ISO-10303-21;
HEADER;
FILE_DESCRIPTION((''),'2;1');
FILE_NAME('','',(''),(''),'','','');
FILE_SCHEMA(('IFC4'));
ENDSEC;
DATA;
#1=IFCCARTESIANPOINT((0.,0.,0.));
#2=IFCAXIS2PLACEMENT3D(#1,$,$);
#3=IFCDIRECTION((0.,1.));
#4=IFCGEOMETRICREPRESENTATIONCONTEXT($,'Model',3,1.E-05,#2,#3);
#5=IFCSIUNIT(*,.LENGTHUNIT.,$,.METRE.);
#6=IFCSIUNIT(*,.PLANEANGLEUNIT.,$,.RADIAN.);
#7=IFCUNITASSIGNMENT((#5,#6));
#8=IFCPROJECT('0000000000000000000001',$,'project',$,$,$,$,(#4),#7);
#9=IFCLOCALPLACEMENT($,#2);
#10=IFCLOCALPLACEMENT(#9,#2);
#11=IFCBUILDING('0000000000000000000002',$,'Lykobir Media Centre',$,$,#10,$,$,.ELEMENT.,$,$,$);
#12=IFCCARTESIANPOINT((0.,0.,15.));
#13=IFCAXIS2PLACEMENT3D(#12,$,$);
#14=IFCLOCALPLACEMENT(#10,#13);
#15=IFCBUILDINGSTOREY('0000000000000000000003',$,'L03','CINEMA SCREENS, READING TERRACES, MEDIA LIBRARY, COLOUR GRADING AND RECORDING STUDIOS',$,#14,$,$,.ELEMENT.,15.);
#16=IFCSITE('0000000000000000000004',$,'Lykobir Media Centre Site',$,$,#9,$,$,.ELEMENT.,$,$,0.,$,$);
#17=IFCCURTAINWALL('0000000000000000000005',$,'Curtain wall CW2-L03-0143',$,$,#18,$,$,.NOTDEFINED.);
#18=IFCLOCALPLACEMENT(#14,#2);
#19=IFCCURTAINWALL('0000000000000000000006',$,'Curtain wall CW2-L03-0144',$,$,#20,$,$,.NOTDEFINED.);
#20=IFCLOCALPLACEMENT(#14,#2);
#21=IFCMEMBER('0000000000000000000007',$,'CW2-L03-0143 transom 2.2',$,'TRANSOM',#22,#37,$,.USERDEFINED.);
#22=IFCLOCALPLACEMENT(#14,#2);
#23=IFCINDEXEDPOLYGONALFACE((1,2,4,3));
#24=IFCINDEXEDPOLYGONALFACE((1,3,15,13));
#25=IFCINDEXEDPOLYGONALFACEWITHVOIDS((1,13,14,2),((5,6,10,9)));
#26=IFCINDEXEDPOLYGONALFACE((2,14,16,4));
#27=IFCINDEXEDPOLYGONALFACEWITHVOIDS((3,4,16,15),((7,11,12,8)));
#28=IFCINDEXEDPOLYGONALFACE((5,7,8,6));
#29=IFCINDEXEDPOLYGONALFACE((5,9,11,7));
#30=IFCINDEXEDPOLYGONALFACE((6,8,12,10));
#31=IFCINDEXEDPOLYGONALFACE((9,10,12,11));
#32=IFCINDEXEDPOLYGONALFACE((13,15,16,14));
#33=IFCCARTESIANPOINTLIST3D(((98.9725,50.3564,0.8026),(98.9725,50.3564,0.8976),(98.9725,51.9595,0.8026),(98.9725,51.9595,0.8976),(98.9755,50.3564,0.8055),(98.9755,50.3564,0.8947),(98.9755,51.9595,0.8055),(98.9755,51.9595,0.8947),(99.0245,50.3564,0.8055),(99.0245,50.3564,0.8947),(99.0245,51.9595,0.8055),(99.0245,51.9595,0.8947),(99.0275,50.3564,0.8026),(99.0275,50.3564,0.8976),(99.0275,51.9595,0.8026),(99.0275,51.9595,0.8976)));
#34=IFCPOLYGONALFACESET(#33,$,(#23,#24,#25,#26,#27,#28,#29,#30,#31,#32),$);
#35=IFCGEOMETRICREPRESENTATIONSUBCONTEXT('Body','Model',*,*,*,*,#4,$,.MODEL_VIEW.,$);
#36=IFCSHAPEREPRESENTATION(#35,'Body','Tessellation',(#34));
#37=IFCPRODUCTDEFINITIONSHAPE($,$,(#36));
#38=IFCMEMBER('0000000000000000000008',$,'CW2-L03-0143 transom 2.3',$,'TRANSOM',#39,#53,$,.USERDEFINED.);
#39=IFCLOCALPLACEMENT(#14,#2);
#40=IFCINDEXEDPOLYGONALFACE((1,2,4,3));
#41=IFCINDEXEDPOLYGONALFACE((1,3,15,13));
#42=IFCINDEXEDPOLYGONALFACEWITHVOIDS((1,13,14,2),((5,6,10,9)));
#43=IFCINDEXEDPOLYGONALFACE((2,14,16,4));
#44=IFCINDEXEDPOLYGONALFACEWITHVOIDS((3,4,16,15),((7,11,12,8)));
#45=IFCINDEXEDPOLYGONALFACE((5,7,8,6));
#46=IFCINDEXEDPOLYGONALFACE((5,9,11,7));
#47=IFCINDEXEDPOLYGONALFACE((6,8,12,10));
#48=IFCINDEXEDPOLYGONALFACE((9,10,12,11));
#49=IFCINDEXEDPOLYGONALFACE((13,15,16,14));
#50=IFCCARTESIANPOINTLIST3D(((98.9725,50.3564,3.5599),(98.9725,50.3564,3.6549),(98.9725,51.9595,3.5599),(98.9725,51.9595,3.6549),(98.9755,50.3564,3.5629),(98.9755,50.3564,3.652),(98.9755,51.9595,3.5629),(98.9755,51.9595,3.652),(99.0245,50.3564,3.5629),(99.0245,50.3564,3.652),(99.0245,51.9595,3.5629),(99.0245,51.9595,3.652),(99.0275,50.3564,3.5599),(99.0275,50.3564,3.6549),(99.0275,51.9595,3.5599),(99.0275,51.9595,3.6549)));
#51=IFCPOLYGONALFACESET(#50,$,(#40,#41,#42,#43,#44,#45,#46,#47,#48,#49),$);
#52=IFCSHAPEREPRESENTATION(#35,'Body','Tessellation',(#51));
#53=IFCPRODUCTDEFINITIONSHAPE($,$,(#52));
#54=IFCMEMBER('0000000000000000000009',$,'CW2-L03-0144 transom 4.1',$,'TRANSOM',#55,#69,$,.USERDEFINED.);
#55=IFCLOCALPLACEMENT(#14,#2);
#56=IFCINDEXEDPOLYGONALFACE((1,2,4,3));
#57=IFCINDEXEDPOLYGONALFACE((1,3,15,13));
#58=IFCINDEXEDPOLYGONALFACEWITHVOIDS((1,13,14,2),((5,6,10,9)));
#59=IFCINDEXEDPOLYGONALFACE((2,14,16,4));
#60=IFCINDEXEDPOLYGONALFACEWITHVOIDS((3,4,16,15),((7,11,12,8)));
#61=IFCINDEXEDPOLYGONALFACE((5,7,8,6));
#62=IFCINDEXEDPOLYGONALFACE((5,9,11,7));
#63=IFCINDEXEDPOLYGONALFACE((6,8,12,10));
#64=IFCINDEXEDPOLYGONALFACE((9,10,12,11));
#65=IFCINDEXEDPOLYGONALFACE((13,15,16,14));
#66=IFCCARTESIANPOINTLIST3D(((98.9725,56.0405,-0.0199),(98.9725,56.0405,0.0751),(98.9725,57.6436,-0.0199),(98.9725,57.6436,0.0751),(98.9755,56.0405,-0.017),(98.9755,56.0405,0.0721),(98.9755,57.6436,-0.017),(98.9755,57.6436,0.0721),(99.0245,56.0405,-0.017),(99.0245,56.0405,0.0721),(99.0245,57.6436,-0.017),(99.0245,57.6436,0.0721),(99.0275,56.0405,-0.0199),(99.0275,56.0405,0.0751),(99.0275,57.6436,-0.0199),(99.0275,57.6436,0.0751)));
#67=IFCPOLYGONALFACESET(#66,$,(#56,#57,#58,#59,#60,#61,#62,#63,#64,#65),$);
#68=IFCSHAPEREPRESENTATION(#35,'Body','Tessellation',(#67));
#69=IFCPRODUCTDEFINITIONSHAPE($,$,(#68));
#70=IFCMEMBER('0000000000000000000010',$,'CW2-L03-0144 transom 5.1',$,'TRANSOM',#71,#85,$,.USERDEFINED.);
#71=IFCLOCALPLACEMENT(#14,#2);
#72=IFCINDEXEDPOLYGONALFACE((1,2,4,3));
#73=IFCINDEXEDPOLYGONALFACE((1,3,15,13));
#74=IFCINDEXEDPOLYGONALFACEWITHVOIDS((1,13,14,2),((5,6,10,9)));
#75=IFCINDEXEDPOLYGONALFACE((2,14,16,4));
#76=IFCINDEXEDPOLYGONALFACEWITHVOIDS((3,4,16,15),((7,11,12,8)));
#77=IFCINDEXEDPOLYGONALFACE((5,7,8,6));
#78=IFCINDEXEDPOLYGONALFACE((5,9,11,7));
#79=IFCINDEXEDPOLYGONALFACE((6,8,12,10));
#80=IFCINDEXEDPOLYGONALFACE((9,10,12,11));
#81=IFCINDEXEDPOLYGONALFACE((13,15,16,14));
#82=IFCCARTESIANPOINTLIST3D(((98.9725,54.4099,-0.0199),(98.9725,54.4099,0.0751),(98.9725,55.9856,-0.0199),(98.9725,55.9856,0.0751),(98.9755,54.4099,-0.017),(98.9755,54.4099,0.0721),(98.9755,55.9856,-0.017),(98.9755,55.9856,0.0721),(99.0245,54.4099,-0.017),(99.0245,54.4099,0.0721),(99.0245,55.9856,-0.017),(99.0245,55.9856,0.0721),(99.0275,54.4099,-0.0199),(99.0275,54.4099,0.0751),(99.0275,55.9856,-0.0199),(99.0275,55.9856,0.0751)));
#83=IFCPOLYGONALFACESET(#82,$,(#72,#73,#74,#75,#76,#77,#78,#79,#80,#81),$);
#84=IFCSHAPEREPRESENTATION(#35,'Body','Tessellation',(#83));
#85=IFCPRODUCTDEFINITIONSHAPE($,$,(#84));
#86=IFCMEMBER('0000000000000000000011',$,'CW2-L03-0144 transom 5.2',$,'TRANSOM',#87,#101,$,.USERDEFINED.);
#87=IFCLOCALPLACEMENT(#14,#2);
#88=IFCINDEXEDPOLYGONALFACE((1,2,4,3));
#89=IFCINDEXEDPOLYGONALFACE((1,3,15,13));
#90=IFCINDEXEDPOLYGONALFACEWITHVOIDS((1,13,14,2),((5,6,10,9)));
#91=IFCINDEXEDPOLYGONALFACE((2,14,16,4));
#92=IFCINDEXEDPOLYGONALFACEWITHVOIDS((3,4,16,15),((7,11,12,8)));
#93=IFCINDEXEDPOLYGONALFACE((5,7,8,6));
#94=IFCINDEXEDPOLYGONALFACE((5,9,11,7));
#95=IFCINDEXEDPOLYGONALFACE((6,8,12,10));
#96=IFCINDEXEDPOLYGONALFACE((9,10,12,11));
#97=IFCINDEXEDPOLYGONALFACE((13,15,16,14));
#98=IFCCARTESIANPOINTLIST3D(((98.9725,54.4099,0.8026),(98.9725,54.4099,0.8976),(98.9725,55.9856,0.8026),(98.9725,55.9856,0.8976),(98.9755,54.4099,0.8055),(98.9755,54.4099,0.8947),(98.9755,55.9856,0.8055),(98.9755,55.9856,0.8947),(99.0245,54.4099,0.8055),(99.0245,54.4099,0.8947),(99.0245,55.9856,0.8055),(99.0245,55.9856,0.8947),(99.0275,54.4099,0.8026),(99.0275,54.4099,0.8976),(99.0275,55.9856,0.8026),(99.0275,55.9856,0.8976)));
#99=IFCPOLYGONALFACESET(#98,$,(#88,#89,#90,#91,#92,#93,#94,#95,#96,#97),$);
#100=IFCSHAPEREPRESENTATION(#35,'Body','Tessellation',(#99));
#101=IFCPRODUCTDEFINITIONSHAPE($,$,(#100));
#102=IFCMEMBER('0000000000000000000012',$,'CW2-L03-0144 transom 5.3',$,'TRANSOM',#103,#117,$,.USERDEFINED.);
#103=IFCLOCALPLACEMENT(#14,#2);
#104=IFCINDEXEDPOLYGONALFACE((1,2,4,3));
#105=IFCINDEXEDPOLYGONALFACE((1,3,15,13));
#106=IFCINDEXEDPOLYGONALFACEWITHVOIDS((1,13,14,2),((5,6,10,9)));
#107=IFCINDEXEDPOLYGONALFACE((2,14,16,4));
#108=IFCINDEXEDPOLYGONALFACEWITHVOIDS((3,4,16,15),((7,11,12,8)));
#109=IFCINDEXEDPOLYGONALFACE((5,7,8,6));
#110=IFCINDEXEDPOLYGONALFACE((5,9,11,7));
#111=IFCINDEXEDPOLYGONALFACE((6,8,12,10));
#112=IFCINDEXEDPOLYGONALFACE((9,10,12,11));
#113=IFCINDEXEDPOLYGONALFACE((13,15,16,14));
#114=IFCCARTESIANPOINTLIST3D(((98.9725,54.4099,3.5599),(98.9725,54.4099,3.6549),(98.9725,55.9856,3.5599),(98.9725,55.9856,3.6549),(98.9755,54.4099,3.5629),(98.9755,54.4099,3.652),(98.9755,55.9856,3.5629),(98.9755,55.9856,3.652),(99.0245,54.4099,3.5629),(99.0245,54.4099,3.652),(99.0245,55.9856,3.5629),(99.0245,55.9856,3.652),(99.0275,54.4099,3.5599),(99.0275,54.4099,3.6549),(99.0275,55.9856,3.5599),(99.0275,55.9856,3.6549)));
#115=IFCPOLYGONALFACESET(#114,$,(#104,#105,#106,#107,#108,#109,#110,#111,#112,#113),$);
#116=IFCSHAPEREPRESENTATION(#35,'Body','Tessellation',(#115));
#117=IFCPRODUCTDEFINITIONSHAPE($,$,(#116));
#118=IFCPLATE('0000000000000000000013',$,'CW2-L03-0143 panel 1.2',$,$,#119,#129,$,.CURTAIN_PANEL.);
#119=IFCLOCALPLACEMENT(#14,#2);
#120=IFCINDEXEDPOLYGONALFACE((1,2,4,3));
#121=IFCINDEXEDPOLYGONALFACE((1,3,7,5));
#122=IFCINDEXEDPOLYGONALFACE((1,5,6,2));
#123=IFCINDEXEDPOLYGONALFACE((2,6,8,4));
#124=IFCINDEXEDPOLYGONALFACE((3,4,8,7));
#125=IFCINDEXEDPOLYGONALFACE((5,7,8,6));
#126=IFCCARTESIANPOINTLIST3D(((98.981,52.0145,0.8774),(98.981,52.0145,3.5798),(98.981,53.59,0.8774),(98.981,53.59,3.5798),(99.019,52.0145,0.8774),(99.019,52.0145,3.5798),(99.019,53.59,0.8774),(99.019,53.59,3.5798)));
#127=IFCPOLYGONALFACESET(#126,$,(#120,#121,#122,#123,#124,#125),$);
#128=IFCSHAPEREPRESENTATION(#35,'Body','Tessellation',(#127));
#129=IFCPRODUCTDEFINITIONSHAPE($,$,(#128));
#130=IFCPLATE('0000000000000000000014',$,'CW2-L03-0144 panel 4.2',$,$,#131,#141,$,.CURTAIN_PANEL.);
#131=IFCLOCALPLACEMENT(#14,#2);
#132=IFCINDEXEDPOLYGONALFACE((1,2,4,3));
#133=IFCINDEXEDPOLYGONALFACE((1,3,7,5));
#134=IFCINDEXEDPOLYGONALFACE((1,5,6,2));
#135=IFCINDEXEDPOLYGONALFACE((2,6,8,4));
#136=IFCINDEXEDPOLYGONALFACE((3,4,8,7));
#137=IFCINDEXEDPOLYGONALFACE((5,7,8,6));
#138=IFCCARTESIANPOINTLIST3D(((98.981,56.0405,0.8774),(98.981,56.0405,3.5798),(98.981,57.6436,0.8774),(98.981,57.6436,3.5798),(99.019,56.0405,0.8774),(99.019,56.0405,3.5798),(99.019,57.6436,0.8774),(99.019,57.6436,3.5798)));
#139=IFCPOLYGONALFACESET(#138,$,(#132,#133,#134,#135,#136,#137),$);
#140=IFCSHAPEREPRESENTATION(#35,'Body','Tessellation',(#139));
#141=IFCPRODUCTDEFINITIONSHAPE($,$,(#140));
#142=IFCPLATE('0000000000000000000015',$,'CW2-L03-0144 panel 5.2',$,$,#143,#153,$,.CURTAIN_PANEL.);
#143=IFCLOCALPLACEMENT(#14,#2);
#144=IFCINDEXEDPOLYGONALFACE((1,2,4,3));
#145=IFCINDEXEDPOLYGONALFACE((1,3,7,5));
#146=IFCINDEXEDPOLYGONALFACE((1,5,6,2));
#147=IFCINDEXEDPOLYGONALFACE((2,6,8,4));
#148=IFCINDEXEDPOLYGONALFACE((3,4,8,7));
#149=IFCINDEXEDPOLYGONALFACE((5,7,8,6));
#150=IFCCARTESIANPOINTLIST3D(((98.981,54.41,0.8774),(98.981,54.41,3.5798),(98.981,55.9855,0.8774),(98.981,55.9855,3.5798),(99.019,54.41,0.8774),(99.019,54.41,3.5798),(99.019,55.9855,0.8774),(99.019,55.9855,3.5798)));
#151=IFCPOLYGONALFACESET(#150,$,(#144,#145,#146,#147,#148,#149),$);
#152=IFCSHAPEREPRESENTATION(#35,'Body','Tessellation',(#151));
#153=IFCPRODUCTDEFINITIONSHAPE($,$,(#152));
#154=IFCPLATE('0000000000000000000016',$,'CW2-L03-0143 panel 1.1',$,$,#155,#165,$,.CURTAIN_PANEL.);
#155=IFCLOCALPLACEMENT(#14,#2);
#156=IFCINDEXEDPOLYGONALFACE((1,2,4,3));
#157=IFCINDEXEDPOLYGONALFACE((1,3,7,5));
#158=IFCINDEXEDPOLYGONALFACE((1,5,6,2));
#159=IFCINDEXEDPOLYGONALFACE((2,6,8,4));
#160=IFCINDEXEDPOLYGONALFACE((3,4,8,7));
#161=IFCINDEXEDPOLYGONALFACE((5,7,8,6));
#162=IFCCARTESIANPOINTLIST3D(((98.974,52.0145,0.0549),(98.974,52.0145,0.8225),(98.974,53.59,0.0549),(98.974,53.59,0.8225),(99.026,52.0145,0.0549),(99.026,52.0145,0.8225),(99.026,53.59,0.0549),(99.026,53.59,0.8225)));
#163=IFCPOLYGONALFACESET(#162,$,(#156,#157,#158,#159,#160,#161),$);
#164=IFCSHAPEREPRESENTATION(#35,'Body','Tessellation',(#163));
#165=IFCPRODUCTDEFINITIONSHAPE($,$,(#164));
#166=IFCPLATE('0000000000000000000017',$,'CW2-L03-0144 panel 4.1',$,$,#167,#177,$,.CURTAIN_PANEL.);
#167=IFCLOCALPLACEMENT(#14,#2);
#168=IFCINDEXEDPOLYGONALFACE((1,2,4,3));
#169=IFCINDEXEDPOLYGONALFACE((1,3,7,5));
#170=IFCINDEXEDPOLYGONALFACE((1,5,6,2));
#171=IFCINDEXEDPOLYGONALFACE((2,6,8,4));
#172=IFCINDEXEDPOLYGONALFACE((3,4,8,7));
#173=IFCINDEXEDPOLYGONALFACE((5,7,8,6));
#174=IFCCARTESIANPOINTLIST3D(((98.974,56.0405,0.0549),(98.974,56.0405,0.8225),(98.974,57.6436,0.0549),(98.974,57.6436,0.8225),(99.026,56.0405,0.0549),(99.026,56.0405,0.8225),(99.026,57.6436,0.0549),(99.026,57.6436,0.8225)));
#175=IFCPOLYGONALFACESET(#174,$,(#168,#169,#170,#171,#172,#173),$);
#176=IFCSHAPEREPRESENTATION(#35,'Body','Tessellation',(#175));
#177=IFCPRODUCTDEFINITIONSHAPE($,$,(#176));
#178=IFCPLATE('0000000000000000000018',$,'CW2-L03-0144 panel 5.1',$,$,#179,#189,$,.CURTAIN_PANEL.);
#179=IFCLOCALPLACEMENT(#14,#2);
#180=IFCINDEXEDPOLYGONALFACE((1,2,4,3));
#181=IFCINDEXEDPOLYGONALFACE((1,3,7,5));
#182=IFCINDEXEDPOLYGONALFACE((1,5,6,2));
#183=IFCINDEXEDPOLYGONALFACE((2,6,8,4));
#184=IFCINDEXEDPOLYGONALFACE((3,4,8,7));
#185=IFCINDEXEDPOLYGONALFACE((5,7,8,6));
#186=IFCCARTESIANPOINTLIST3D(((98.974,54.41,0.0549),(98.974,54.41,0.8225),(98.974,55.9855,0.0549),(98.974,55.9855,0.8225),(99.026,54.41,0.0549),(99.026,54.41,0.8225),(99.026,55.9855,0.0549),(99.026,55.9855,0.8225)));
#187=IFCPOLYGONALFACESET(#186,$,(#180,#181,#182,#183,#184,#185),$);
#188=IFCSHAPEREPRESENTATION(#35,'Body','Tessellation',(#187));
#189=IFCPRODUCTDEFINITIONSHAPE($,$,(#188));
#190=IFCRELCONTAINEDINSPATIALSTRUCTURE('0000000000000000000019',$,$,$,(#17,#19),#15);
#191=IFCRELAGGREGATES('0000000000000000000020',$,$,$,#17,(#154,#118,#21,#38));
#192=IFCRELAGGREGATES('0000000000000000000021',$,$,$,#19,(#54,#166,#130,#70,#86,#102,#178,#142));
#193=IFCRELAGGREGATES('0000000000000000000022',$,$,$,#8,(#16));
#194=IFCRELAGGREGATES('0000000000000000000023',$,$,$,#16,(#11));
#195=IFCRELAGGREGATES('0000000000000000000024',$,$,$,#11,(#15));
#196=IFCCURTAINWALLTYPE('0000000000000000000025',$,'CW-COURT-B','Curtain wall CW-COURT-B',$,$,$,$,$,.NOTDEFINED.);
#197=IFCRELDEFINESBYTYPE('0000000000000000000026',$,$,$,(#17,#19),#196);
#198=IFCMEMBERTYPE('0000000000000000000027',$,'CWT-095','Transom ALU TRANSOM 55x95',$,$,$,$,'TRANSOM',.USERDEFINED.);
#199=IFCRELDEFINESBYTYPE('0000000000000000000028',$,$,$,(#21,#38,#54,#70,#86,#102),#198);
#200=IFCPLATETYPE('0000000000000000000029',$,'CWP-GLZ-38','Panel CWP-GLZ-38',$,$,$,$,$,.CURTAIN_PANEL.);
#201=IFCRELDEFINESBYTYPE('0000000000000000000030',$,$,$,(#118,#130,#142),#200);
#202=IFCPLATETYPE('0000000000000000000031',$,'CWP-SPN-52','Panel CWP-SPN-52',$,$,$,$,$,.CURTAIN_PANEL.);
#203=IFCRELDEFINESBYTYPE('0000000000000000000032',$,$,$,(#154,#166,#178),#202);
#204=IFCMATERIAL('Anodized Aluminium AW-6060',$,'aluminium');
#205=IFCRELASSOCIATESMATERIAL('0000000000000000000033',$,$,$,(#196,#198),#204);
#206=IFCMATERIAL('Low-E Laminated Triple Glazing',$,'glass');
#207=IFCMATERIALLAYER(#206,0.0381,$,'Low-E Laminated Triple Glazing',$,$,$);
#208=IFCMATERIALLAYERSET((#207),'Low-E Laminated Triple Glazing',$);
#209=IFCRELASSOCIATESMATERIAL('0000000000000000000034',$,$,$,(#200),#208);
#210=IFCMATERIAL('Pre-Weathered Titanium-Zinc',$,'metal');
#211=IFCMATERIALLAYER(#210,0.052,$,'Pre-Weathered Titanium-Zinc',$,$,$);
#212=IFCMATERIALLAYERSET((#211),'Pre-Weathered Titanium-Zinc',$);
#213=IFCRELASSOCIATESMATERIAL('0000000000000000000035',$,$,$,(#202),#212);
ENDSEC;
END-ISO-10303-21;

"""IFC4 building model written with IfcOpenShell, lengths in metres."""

from ifc_helpers import new_model, si_unit, direction, frame, origin, origin_2d, place, context, subcontext, project, spatial, rectangle, hollow_rectangle, extrude, material, layer, layer_set, material_profile, profile_set, type_object, element, aggregate, save


model = new_model("IFC4")

# Units and contexts
model_context = context("Model", 3, precision=1e-05, world=origin(), true_north=direction((0.0, 1.0)))
body_context = subcontext(model_context, "Body", "Model", "MODEL_VIEW")
ifc_project = project(units=[si_unit("LENGTHUNIT", "METRE"), si_unit("PLANEANGLEUNIT", "RADIAN")], contexts=[model_context])

# Site, building, storey
site_placement = place(None, origin())
site = spatial("IfcSite", under=ifc_project, at=site_placement, Name="Lykobir Media Centre Site", CompositionType="ELEMENT", RefElevation=0.0)
building_placement = place(site_placement, origin())
building = spatial("IfcBuilding", under=site, at=building_placement, Name="Lykobir Media Centre", CompositionType="ELEMENT")
storey_placement = place(building_placement, frame((0.0, 0.0, 15.0)))
storey = spatial("IfcBuildingStorey", under=building, at=storey_placement, Name="L03", Description="CINEMA SCREENS, READING TERRACES, MEDIA LIBRARY, COLOUR GRADING AND RECORDING STUDIOS", CompositionType="ELEMENT", Elevation=15.0)

# Curtain walls
ifc_material_1 = material(Name="Anodized Aluminium AW-6060", Category="aluminium")
curtain_wall_type = type_object("IfcCurtainWallType", Name="CW-COURT-B", Description="Curtain wall CW-COURT-B", PredefinedType="NOTDEFINED", material=ifc_material_1)
curtain_wall_1_placement = place(storey_placement, origin())
curtain_wall_1 = element("IfcCurtainWall", 1, at=curtain_wall_1_placement, inside=storey, type_object=curtain_wall_type, Name="Curtain wall CW2-L03-0143", PredefinedType="NOTDEFINED")
curtain_wall_2_placement = place(storey_placement, origin())
curtain_wall_2 = element("IfcCurtainWall", 2, at=curtain_wall_2_placement, inside=storey, type_object=curtain_wall_type, Name="Curtain wall CW2-L03-0144", PredefinedType="NOTDEFINED")

# Members
ifc_material_profile_1 = material_profile(ifc_material_1, hollow_rectangle(XDim=0.0549, YDim=0.095, WallThickness=0.0029, at=origin_2d()), Name="ALU TRANSOM 55x95")
ifc_profile_set_1 = profile_set([ifc_material_profile_1], Name="Anodized Aluminium AW-6060")
member_type_1 = type_object("IfcMemberType", Name="CWT-095", Description="Transom ALU TRANSOM 55x95", ElementType="TRANSOM", PredefinedType="USERDEFINED", material=ifc_profile_set_1)
member_1_placement = place(storey_placement, frame((99.0, 51.9595, 0.8501), z_axis=(0.0, -1.0, 0.0), x_axis=(1.0, 0.0, 0.0)))
member_1 = element("IfcMember", 3, at=member_1_placement, type_object=member_type_1, Name="CW2-L03-0143 transom 2.2", ObjectType="TRANSOM", PredefinedType="USERDEFINED", context=body_context, shape_type="SweptSolid", body=[
    extrude(hollow_rectangle(XDim=0.0549, YDim=0.095, WallThickness=0.0029, at=origin_2d()), origin(), (0.0, 0.0, 1.0), 1.603),
])
member_2_placement = place(storey_placement, frame((99.0, 51.9595, 3.6074), z_axis=(0.0, -1.0, 0.0), x_axis=(1.0, 0.0, 0.0)))
member_2 = element("IfcMember", 4, at=member_2_placement, type_object=member_type_1, Name="CW2-L03-0143 transom 2.3", ObjectType="TRANSOM", PredefinedType="USERDEFINED", context=body_context, shape_type="SweptSolid", body=[
    extrude(hollow_rectangle(XDim=0.0549, YDim=0.095, WallThickness=0.0029, at=origin_2d()), origin(), (0.0, 0.0, 1.0), 1.603),
])
member_3_placement = place(storey_placement, frame((99.0, 57.6436, 0.0276), z_axis=(0.0, -1.0, 0.0), x_axis=(1.0, 0.0, 0.0)))
member_3 = element("IfcMember", 5, at=member_3_placement, type_object=member_type_1, Name="CW2-L03-0144 transom 4.1", ObjectType="TRANSOM", PredefinedType="USERDEFINED", context=body_context, shape_type="SweptSolid", body=[
    extrude(hollow_rectangle(XDim=0.0549, YDim=0.095, WallThickness=0.0029, at=origin_2d()), origin(), (0.0, 0.0, 1.0), 1.603),
])
member_4_placement = place(storey_placement, frame((99.0, 55.9856, 0.0276), z_axis=(0.0, -1.0, 0.0), x_axis=(1.0, 0.0, 0.0)))
member_4 = element("IfcMember", 6, at=member_4_placement, type_object=member_type_1, Name="CW2-L03-0144 transom 5.1", ObjectType="TRANSOM", PredefinedType="USERDEFINED", context=body_context, shape_type="SweptSolid", body=[
    extrude(hollow_rectangle(XDim=0.0549, YDim=0.095, WallThickness=0.0029, at=origin_2d()), origin(), (0.0, 0.0, 1.0), 1.5757),
])
member_5_placement = place(storey_placement, frame((99.0, 55.9856, 0.8501), z_axis=(0.0, -1.0, 0.0), x_axis=(1.0, 0.0, 0.0)))
member_5 = element("IfcMember", 7, at=member_5_placement, type_object=member_type_1, Name="CW2-L03-0144 transom 5.2", ObjectType="TRANSOM", PredefinedType="USERDEFINED", context=body_context, shape_type="SweptSolid", body=[
    extrude(hollow_rectangle(XDim=0.0549, YDim=0.095, WallThickness=0.0029, at=origin_2d()), origin(), (0.0, 0.0, 1.0), 1.5757),
])
member_6_placement = place(storey_placement, frame((99.0, 55.9856, 3.6074), z_axis=(0.0, -1.0, 0.0), x_axis=(1.0, 0.0, 0.0)))
member_6 = element("IfcMember", 8, at=member_6_placement, type_object=member_type_1, Name="CW2-L03-0144 transom 5.3", ObjectType="TRANSOM", PredefinedType="USERDEFINED", context=body_context, shape_type="SweptSolid", body=[
    extrude(hollow_rectangle(XDim=0.0549, YDim=0.095, WallThickness=0.0029, at=origin_2d()), origin(), (0.0, 0.0, 1.0), 1.5757),
])

# Plates
ifc_material_2 = material(Name="Low-E Laminated Triple Glazing", Category="glass")
ifc_layer_1 = layer(ifc_material_2, 0.0381, Name="Low-E Laminated Triple Glazing")
ifc_layer_set_1 = layer_set([ifc_layer_1], Name="Low-E Laminated Triple Glazing")
plate_type_1 = type_object("IfcPlateType", Name="CWP-GLZ-38", Description="Panel CWP-GLZ-38", PredefinedType="CURTAIN_PANEL", material=ifc_layer_set_1)
plate_1_placement = place(storey_placement, frame((99.0, 52.8022, 0.8774), z_axis=(0.0, 0.0, 1.0), x_axis=(0.0, -1.0, 0.0)))
plate_1 = element("IfcPlate", 9, at=plate_1_placement, type_object=plate_type_1, Name="CW2-L03-0143 panel 1.2", PredefinedType="CURTAIN_PANEL", context=body_context, shape_type="SweptSolid", body=[
    extrude(rectangle(XDim=1.5754, YDim=0.0381, at=origin_2d()), origin(), (0.0, 0.0, 1.0), 2.7024),
])
plate_2_placement = place(storey_placement, frame((99.0, 56.842, 0.8774), z_axis=(0.0, 0.0, 1.0), x_axis=(0.0, -1.0, 0.0)))
plate_2 = element("IfcPlate", 10, at=plate_2_placement, type_object=plate_type_1, Name="CW2-L03-0144 panel 4.2", PredefinedType="CURTAIN_PANEL", context=body_context, shape_type="SweptSolid", body=[
    extrude(rectangle(XDim=1.603, YDim=0.0381, at=origin_2d()), origin(), (0.0, 0.0, 1.0), 2.7024),
])
plate_3_placement = place(storey_placement, frame((99.0, 55.1978, 0.8774), z_axis=(0.0, 0.0, 1.0), x_axis=(0.0, -1.0, 0.0)))
plate_3 = element("IfcPlate", 11, at=plate_3_placement, type_object=plate_type_1, Name="CW2-L03-0144 panel 5.2", PredefinedType="CURTAIN_PANEL", context=body_context, shape_type="SweptSolid", body=[
    extrude(rectangle(XDim=1.5754, YDim=0.0381, at=origin_2d()), origin(), (0.0, 0.0, 1.0), 2.7024),
])
ifc_material_3 = material(Name="Pre-Weathered Titanium-Zinc", Category="metal")
ifc_layer_2 = layer(ifc_material_3, 0.052, Name="Pre-Weathered Titanium-Zinc")
ifc_layer_set_2 = layer_set([ifc_layer_2], Name="Pre-Weathered Titanium-Zinc")
plate_type_2 = type_object("IfcPlateType", Name="CWP-SPN-52", Description="Panel CWP-SPN-52", PredefinedType="CURTAIN_PANEL", material=ifc_layer_set_2)
plate_4_placement = place(storey_placement, frame((99.0, 52.8022, 0.0549), z_axis=(0.0, 0.0, 1.0), x_axis=(0.0, -1.0, 0.0)))
plate_4 = element("IfcPlate", 12, at=plate_4_placement, type_object=plate_type_2, Name="CW2-L03-0143 panel 1.1", PredefinedType="CURTAIN_PANEL", context=body_context, shape_type="SweptSolid", body=[
    extrude(rectangle(XDim=1.5754, YDim=0.052, at=origin_2d()), origin(), (0.0, 0.0, 1.0), 0.7676),
])
aggregate(curtain_wall_1, [plate_4, plate_1, member_1, member_2])
plate_5_placement = place(storey_placement, frame((99.0, 56.842, 0.0549), z_axis=(0.0, 0.0, 1.0), x_axis=(0.0, -1.0, 0.0)))
plate_5 = element("IfcPlate", 13, at=plate_5_placement, type_object=plate_type_2, Name="CW2-L03-0144 panel 4.1", PredefinedType="CURTAIN_PANEL", context=body_context, shape_type="SweptSolid", body=[
    extrude(rectangle(XDim=1.603, YDim=0.052, at=origin_2d()), origin(), (0.0, 0.0, 1.0), 0.7676),
])
plate_6_placement = place(storey_placement, frame((99.0, 55.1978, 0.0549), z_axis=(0.0, 0.0, 1.0), x_axis=(0.0, -1.0, 0.0)))
plate_6 = element("IfcPlate", 14, at=plate_6_placement, type_object=plate_type_2, Name="CW2-L03-0144 panel 5.1", PredefinedType="CURTAIN_PANEL", context=body_context, shape_type="SweptSolid", body=[
    extrude(rectangle(XDim=1.5754, YDim=0.052, at=origin_2d()), origin(), (0.0, 0.0, 1.0), 0.7676),
])
aggregate(curtain_wall_2, [member_3, plate_5, plate_2, member_4, member_5, member_6, plate_6, plate_3])

save(model, "model.ifc")
